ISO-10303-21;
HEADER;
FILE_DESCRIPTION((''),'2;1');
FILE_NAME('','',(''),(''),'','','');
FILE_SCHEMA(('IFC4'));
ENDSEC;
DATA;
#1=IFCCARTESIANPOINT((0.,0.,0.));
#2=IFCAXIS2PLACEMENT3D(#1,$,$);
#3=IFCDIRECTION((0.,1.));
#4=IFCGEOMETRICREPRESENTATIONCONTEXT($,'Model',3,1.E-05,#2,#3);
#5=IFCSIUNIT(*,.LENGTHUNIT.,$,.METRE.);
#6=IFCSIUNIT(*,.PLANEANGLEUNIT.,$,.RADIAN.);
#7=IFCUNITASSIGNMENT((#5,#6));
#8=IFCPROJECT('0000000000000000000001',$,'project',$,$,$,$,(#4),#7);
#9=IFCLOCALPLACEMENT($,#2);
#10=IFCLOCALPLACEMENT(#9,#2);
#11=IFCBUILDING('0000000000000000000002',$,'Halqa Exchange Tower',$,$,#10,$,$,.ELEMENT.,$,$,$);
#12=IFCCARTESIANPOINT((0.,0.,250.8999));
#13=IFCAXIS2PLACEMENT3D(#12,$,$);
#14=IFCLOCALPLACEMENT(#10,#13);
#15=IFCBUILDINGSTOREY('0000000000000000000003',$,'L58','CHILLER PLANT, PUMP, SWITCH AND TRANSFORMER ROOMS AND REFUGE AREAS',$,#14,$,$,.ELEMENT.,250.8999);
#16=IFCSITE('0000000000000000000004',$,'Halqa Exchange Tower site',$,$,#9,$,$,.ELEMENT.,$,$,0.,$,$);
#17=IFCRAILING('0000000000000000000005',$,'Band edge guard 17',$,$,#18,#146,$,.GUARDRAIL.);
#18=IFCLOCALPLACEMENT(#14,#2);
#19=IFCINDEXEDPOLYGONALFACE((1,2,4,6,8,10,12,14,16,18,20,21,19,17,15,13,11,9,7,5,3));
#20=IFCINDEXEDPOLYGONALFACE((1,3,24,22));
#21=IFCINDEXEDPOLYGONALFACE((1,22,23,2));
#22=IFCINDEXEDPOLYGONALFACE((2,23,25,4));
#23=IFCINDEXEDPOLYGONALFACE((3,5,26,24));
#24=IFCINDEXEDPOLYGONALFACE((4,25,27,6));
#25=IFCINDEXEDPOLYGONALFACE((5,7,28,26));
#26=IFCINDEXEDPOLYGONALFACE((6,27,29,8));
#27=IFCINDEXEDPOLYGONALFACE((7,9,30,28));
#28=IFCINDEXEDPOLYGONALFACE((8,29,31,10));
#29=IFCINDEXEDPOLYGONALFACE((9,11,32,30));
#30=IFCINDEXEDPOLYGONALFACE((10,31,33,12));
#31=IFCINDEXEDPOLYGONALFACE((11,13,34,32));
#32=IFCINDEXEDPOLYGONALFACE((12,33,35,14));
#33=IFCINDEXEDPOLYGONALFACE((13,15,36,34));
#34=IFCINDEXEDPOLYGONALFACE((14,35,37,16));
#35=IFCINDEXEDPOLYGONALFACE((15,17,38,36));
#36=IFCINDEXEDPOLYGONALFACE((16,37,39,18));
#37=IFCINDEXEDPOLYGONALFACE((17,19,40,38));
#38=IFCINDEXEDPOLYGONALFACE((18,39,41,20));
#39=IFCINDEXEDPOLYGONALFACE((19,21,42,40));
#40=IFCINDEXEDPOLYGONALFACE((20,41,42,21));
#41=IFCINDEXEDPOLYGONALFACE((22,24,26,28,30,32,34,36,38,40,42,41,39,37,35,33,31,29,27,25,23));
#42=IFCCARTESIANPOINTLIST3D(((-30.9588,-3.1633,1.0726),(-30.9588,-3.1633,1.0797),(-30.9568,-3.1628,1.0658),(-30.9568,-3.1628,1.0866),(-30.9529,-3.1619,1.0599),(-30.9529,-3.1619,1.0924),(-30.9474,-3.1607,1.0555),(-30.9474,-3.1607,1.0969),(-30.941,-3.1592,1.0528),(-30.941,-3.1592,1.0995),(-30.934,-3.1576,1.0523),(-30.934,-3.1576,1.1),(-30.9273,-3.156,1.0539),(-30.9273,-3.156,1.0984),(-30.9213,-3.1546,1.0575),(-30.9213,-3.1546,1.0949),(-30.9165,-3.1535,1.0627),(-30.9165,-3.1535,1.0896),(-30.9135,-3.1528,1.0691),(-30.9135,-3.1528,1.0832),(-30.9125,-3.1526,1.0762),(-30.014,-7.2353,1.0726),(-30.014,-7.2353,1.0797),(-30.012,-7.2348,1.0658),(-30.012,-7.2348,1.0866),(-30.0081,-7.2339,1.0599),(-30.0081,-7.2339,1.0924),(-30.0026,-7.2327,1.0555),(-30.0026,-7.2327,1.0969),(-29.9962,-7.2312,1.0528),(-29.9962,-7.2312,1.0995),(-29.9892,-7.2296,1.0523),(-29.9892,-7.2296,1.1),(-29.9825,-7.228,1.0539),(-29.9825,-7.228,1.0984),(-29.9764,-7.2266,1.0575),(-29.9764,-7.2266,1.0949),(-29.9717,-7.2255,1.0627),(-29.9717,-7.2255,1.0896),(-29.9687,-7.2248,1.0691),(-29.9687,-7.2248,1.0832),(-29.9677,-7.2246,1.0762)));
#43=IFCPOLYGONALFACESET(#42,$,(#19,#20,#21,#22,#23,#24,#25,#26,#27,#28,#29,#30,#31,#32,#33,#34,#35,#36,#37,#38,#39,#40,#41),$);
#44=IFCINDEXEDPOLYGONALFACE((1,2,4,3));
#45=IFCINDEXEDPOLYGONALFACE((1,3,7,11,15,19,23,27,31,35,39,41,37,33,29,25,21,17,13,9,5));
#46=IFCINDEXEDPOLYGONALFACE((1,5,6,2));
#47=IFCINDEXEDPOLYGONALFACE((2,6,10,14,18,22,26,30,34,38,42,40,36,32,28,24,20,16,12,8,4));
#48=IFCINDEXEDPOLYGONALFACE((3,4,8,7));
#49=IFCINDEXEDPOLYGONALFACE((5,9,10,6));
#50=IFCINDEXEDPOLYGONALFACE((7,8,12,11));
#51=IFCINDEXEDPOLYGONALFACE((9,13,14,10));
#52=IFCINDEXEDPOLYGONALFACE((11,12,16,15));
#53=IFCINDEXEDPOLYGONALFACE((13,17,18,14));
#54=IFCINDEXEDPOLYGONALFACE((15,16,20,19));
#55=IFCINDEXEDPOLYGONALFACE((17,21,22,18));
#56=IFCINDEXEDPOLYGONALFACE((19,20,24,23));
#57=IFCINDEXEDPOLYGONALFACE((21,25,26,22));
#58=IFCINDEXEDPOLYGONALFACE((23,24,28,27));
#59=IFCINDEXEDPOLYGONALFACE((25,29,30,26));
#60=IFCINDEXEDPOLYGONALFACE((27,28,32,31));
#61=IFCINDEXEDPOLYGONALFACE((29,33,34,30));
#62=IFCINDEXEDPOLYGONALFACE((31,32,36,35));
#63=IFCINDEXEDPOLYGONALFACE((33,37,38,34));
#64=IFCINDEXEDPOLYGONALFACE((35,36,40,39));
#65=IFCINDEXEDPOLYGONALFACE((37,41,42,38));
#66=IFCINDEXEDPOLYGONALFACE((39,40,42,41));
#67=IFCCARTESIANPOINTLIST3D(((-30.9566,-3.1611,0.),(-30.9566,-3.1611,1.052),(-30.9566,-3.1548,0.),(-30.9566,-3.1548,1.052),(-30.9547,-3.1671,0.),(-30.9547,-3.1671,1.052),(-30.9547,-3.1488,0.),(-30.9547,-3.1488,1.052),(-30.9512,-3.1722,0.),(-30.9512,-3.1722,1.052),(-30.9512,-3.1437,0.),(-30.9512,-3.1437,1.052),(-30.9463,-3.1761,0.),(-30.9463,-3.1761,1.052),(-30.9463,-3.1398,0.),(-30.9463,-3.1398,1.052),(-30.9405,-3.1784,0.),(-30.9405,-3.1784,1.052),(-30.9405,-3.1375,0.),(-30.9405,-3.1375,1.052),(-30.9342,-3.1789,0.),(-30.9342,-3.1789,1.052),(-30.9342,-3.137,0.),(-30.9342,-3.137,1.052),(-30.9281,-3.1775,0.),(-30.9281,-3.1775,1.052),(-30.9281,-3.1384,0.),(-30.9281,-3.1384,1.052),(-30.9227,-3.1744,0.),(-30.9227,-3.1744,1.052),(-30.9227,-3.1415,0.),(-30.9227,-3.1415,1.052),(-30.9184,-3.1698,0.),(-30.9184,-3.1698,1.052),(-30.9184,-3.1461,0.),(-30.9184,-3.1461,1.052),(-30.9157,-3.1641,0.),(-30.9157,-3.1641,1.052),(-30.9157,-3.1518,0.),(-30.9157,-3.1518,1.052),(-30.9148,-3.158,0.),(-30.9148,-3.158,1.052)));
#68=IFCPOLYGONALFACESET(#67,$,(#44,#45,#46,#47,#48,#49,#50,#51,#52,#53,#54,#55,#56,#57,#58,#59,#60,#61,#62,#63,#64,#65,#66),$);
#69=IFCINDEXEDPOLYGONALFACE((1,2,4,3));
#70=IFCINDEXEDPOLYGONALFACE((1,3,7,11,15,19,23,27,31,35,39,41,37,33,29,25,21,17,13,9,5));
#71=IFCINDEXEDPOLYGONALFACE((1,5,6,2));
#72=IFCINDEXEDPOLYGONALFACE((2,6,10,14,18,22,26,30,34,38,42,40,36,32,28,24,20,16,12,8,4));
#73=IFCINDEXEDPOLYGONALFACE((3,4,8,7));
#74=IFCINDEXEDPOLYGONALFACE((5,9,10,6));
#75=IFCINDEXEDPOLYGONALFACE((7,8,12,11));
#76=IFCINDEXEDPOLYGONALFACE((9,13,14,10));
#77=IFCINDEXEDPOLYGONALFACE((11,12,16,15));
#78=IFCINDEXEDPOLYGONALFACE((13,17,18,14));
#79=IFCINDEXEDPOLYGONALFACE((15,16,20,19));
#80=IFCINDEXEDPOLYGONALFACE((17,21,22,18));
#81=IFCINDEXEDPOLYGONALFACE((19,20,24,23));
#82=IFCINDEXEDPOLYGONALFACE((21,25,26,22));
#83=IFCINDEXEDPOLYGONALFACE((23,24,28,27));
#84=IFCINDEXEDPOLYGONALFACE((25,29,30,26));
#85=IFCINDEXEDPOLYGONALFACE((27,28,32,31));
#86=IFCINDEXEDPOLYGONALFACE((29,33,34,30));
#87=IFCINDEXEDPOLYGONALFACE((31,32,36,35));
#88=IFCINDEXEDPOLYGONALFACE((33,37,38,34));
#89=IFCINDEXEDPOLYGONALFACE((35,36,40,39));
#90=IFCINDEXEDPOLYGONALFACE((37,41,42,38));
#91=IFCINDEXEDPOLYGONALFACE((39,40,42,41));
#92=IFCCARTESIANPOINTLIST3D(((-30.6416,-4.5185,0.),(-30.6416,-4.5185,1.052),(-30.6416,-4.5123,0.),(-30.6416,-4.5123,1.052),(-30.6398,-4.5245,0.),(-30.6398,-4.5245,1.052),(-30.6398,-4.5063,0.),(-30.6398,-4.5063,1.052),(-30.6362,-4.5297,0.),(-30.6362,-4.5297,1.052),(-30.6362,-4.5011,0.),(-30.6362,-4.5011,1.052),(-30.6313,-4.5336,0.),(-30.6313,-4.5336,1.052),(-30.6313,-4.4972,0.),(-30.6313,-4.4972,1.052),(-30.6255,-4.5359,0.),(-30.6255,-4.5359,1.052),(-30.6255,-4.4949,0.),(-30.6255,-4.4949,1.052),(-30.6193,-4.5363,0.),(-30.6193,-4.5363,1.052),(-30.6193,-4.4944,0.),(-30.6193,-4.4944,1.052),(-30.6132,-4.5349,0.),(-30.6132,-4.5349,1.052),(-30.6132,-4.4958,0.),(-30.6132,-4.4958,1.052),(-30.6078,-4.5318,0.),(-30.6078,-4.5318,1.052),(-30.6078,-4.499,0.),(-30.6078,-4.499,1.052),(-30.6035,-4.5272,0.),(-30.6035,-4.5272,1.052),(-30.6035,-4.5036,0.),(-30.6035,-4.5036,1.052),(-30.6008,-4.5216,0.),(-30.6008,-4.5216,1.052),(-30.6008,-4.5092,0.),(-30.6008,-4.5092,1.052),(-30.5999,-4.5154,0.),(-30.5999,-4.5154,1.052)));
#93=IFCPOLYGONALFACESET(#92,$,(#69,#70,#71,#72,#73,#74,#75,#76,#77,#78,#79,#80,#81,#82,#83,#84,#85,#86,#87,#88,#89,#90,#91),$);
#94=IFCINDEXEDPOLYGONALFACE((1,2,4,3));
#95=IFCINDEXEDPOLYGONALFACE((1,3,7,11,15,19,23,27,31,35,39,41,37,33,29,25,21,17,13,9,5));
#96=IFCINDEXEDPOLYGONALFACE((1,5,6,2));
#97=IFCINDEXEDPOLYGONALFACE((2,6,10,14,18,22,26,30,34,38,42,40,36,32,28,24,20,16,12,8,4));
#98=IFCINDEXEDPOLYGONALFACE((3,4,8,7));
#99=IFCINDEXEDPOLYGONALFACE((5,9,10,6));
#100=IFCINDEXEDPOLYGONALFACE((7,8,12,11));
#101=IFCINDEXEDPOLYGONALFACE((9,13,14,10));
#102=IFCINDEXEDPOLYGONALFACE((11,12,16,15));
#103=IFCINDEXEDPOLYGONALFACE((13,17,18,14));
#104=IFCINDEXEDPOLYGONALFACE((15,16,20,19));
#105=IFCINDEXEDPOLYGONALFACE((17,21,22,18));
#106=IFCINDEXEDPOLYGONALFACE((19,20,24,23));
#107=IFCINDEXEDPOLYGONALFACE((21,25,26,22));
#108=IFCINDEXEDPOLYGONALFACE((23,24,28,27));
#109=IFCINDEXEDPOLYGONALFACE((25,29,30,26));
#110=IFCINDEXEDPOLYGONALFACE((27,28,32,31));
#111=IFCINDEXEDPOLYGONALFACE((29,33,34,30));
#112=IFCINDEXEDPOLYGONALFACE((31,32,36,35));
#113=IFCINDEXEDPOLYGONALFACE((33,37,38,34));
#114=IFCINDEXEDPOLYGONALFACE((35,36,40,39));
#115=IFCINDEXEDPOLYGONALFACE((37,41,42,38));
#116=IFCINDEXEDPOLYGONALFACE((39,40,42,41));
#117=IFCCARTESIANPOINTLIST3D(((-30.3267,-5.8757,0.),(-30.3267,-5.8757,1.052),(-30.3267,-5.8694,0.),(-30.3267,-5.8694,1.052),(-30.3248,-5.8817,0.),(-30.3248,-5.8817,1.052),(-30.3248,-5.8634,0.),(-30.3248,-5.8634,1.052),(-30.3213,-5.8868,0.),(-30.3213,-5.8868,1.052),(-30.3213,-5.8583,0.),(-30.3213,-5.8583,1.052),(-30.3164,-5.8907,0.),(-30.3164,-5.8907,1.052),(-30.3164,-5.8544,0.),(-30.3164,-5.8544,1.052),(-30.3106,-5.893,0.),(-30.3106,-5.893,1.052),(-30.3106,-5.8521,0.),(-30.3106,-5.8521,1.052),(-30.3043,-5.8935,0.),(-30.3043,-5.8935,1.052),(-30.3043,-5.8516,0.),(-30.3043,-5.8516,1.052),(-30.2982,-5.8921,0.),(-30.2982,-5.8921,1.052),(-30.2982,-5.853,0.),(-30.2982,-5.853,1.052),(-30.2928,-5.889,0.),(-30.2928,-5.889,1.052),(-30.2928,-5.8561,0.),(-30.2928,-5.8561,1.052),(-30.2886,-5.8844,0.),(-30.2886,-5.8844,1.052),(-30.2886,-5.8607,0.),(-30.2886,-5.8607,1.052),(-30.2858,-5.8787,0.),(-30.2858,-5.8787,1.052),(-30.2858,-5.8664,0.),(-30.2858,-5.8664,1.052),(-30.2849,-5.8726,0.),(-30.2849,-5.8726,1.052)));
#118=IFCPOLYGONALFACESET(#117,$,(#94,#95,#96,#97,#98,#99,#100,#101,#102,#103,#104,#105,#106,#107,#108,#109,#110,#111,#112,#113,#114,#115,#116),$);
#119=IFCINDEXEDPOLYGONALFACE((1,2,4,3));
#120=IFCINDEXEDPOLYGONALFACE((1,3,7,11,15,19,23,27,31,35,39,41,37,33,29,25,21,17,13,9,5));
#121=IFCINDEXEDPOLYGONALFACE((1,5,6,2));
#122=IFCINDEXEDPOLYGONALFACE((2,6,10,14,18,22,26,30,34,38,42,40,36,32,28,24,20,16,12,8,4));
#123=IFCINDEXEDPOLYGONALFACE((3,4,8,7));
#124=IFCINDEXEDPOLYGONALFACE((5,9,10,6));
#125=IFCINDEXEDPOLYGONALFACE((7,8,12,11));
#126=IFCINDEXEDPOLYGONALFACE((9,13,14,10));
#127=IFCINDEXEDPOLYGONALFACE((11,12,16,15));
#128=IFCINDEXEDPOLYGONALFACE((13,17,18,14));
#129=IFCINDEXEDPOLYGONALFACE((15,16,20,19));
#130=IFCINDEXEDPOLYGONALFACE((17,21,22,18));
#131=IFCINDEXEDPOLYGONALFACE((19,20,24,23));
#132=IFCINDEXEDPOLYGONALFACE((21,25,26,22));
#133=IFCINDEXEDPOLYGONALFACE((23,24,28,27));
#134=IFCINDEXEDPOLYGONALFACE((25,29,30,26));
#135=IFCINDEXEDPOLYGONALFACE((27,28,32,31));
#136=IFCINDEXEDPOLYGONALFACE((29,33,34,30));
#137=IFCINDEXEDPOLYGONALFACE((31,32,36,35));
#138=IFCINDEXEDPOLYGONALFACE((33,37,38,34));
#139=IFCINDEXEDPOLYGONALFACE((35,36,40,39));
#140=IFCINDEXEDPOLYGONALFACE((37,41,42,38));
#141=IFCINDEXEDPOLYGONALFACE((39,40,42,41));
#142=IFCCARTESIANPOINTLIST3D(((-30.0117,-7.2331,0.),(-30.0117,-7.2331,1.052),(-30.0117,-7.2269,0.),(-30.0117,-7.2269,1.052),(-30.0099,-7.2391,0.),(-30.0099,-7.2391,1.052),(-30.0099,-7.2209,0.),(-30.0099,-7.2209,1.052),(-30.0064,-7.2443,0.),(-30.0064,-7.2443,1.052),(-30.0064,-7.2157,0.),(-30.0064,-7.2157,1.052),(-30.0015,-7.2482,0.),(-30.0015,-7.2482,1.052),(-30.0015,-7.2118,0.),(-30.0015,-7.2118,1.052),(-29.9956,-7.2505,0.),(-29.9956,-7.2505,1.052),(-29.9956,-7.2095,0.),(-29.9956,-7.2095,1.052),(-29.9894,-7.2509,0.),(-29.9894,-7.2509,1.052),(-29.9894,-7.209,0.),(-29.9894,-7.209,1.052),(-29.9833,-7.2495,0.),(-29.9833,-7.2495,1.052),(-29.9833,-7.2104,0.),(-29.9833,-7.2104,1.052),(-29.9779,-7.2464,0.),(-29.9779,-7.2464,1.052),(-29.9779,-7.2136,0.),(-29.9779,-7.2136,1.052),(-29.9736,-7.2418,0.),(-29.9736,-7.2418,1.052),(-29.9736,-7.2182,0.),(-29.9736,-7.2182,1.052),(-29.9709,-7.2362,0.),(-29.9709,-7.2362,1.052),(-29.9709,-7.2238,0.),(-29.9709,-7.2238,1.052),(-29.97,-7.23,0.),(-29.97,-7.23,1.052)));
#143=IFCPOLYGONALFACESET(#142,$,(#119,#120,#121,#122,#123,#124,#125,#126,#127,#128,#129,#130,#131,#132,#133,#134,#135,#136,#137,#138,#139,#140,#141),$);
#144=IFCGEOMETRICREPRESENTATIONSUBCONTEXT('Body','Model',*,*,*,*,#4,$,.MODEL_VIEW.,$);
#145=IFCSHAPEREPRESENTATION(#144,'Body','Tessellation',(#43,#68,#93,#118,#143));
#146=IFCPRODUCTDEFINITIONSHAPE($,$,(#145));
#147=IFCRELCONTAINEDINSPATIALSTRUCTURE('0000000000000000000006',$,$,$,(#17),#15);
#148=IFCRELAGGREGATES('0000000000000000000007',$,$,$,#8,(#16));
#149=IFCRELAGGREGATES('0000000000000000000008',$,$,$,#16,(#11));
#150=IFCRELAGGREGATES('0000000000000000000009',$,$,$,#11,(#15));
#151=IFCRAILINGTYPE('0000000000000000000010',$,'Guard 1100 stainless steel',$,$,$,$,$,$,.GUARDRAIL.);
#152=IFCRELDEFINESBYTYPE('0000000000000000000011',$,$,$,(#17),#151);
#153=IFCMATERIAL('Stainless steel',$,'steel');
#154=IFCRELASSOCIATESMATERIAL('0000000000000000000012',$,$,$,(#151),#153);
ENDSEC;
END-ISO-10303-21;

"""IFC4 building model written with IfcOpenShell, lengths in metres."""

from ifc_helpers import new_model, si_unit, direction, frame, origin, origin_2d, place, context, subcontext, project, spatial, circle, extrude, material, type_object, element, save


model = new_model("IFC4")

# Units and contexts
model_context = context("Model", 3, precision=1e-05, world=origin(), true_north=direction((0.0, 1.0)))
body_context = subcontext(model_context, "Body", "Model", "MODEL_VIEW")
ifc_project = project(units=[si_unit("LENGTHUNIT", "METRE"), si_unit("PLANEANGLEUNIT", "RADIAN")], contexts=[model_context])

# Site, building, storey
site_placement = place(None, origin())
site = spatial("IfcSite", under=ifc_project, at=site_placement, Name="Halqa Exchange Tower site", CompositionType="ELEMENT", RefElevation=0.0)
building_placement = place(site_placement, origin())
building = spatial("IfcBuilding", under=site, at=building_placement, Name="Halqa Exchange Tower", CompositionType="ELEMENT")
storey_placement = place(building_placement, frame((0.0, 0.0, 250.8999)))
storey = spatial("IfcBuildingStorey", under=building, at=storey_placement, Name="L58", Description="CHILLER PLANT, PUMP, SWITCH AND TRANSFORMER ROOMS AND REFUGE AREAS", CompositionType="ELEMENT", Elevation=250.8999)

# Railing
ifc_material_1 = material(Name="Stainless steel", Category="steel")
railing_type = type_object("IfcRailingType", Name="Guard 1100 stainless steel", PredefinedType="GUARDRAIL", material=ifc_material_1)
railing_1_placement = place(storey_placement, frame((-30.9358, -3.158, 0.0)))
element("IfcRailing", 1, at=railing_1_placement, inside=storey, type_object=railing_type, Name="Band edge guard 17", PredefinedType="GUARDRAIL", context=body_context, shape_type="SweptSolid", body=[
    extrude(circle(Radius=0.0239, at=origin_2d()), frame((0.0, 0.0, 1.0762), z_axis=(0.226024, -0.974122, 0.0), x_axis=(0.974122, 0.226024, 0.0)), (0.0, 0.0, 1.0), 4.1802),
    extrude(circle(Radius=0.021, at=origin_2d()), origin(), (0.0, 0.0, 1.0), 1.052),
    extrude(circle(Radius=0.021, at=origin_2d()), frame((0.3149, -1.3574, 0.0)), (0.0, 0.0, 1.0), 1.052),
    extrude(circle(Radius=0.021, at=origin_2d()), frame((0.6299, -2.7146, 0.0)), (0.0, 0.0, 1.0), 1.052),
    extrude(circle(Radius=0.021, at=origin_2d()), frame((0.9448, -4.072, 0.0)), (0.0, 0.0, 1.0), 1.052),
])

save(model, "model.ifc")
